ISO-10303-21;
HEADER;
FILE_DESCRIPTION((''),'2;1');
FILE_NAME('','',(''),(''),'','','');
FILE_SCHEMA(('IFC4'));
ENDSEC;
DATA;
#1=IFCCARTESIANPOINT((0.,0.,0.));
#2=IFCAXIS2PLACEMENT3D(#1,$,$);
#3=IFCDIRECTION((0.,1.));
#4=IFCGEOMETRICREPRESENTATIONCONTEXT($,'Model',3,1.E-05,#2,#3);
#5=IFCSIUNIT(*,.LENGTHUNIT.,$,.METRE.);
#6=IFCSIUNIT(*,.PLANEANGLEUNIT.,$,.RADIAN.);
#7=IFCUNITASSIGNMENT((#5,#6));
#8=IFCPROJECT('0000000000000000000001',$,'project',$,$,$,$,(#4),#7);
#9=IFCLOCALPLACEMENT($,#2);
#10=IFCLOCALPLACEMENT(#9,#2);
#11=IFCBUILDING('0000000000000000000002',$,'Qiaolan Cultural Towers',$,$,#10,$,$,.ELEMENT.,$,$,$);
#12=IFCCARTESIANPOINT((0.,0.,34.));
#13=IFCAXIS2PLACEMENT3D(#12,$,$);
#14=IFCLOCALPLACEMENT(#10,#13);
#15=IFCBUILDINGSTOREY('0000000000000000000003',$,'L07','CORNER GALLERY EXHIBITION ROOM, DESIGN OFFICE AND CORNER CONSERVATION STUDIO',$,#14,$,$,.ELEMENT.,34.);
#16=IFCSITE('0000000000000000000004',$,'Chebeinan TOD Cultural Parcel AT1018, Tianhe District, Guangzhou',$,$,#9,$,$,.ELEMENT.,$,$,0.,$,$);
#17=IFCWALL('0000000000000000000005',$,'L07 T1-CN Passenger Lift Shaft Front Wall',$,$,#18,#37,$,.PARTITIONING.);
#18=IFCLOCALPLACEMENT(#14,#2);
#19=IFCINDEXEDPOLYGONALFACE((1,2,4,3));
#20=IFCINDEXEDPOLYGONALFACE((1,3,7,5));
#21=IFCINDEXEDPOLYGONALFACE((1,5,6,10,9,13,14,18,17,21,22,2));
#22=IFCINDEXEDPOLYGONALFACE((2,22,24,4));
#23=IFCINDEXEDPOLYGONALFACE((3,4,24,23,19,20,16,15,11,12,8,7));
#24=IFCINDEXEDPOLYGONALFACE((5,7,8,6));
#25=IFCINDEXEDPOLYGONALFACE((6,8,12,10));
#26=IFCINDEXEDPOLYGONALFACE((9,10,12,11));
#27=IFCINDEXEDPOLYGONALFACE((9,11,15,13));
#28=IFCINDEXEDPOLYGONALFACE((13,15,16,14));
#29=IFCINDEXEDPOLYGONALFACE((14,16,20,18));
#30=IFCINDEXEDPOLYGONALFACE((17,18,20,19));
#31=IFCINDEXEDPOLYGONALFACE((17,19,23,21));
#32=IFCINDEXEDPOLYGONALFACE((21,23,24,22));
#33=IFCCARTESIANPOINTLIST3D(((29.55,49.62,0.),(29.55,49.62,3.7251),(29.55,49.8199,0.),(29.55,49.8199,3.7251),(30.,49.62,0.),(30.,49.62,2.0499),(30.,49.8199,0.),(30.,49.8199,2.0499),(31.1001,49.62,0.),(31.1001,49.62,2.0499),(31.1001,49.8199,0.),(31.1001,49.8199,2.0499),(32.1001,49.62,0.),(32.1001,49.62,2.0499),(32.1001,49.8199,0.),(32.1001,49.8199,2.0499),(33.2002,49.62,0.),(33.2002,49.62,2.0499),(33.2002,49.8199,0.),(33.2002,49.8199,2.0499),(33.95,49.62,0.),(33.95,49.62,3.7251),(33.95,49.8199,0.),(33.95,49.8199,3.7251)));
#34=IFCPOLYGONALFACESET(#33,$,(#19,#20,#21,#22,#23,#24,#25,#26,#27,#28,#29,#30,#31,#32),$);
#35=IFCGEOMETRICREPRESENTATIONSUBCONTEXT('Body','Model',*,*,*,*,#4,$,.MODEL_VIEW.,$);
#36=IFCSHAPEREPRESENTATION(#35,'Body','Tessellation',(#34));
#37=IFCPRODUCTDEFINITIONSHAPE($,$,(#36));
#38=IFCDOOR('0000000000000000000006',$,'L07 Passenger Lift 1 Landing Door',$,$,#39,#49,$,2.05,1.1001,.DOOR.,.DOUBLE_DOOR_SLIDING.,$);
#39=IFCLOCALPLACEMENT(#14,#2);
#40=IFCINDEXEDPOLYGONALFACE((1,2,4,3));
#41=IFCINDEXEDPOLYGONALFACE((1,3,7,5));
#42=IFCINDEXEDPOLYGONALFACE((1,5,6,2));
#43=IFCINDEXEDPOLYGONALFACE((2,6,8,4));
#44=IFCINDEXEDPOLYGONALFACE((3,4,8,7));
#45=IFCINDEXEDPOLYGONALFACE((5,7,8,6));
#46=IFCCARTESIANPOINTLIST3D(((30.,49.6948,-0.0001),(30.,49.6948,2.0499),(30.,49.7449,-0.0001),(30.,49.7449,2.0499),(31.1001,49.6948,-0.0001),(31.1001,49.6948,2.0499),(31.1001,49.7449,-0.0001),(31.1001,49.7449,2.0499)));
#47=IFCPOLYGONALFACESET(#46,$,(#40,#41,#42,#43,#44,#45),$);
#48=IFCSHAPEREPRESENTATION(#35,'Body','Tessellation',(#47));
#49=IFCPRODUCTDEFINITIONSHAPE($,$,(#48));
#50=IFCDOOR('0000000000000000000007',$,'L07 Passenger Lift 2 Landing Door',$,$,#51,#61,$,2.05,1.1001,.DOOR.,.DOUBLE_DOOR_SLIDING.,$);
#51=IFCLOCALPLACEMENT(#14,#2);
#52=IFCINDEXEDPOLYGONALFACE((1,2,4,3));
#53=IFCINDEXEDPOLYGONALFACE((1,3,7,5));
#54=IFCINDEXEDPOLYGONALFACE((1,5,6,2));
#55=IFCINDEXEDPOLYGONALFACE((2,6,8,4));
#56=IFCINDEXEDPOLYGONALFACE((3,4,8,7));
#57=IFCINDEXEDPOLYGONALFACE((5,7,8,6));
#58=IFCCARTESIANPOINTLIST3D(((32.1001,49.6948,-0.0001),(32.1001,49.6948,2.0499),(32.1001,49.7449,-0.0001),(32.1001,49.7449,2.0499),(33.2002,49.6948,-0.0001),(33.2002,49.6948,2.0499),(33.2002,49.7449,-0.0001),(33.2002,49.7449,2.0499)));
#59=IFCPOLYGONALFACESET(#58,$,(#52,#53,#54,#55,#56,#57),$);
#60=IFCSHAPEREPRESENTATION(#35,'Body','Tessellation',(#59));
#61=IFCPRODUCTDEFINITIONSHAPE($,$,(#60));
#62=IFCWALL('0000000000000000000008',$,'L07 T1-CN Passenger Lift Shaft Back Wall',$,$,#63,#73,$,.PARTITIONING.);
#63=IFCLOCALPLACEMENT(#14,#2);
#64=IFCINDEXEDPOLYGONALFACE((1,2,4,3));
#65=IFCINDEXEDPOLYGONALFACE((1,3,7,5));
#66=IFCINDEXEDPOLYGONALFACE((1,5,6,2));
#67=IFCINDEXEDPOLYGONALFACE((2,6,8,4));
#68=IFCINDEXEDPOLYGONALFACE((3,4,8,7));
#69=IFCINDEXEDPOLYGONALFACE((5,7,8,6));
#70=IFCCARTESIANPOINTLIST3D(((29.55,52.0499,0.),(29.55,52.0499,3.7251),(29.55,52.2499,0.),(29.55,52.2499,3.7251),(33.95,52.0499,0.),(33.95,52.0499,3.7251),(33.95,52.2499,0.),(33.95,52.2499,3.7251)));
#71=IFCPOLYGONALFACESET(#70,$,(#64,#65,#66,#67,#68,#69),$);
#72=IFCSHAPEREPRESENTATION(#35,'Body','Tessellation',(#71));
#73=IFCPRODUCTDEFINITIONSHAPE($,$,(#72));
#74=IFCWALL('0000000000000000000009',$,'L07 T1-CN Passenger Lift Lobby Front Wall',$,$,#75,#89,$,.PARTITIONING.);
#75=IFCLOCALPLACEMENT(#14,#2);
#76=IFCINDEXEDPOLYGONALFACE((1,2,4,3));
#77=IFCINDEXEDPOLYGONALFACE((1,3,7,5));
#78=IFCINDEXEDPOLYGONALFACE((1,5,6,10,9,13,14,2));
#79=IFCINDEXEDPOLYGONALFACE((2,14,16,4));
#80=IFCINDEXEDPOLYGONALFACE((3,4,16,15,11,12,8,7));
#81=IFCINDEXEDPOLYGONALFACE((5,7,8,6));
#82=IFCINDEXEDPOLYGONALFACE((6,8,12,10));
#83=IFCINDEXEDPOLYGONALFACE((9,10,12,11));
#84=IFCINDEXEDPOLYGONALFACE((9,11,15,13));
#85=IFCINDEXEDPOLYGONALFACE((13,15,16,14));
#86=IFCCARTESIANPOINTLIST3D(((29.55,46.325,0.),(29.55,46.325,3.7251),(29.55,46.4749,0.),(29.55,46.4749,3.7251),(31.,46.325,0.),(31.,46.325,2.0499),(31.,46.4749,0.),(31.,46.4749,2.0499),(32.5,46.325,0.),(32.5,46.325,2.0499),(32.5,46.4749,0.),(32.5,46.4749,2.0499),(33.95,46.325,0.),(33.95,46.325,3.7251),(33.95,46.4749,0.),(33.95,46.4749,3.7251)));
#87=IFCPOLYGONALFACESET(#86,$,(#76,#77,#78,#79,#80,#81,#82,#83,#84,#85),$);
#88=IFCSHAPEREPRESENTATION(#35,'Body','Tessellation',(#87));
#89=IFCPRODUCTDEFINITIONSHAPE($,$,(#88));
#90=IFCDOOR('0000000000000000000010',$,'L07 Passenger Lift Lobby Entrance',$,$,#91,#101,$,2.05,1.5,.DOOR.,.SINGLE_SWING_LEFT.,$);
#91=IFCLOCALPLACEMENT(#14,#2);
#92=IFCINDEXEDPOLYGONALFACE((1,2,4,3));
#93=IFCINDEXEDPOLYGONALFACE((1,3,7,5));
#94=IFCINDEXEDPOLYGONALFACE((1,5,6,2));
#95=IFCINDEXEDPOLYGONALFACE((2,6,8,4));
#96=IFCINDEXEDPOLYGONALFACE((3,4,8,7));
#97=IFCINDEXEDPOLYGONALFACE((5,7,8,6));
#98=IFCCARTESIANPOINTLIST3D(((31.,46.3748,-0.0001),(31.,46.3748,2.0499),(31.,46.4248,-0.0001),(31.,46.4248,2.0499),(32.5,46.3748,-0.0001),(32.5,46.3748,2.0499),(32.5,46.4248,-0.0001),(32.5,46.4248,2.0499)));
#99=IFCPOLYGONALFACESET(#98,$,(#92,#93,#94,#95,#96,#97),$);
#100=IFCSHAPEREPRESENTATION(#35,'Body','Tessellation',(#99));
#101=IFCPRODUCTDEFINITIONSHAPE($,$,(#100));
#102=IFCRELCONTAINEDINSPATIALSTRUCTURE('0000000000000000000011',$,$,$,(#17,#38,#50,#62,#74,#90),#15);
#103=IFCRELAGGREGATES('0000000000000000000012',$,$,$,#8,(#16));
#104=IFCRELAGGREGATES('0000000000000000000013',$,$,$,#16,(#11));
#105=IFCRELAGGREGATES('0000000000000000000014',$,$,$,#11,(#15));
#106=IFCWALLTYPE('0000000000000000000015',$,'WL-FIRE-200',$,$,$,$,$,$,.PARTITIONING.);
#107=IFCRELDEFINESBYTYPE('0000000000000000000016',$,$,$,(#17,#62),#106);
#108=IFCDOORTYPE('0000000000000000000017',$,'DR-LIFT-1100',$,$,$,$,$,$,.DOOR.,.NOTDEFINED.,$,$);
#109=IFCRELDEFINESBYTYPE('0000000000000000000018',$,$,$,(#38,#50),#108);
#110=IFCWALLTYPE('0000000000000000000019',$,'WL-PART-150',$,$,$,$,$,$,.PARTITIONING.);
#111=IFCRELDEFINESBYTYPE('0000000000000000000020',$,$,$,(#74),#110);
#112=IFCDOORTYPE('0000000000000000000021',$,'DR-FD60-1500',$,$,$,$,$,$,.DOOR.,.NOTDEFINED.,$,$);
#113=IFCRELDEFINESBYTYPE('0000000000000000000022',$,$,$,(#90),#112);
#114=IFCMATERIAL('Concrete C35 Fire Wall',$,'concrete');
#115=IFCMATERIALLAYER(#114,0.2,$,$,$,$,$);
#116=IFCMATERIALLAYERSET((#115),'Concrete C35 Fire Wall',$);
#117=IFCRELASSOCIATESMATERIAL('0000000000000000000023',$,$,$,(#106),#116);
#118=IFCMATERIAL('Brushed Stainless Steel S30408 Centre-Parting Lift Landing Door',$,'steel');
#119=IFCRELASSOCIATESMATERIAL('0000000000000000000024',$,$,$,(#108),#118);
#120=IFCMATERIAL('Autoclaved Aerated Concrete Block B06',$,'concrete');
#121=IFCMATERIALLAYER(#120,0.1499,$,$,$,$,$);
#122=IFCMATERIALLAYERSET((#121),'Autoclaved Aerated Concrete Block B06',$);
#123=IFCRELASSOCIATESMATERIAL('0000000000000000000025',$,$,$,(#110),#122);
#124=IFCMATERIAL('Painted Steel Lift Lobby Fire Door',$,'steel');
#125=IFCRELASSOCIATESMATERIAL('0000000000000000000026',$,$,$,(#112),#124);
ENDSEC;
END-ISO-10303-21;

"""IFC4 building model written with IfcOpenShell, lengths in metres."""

from ifc_helpers import new_model, si_unit, direction, frame, frame_2d, origin, place, context, subcontext, project, spatial, rectangle, extrude, material, layer, layer_set, type_object, element, fill, save


model = new_model("IFC4")

# Units and contexts
model_context = context("Model", 3, precision=1e-05, world=origin(), true_north=direction((0.0, 1.0)))
body_context = subcontext(model_context, "Body", "Model", "MODEL_VIEW")
ifc_project = project(units=[si_unit("LENGTHUNIT", "METRE"), si_unit("PLANEANGLEUNIT", "RADIAN")], contexts=[model_context])

# Site, building, storey
site_placement = place(None, origin())
site = spatial("IfcSite", under=ifc_project, at=site_placement, Name="Chebeinan TOD Cultural Parcel AT1018, Tianhe District, Guangzhou", CompositionType="ELEMENT", RefElevation=0.0)
building_placement = place(site_placement, origin())
building = spatial("IfcBuilding", under=site, at=building_placement, Name="Qiaolan Cultural Towers", CompositionType="ELEMENT")
storey_placement = place(building_placement, frame((0.0, 0.0, 34.0)))
storey = spatial("IfcBuildingStorey", under=building, at=storey_placement, Name="L07", Description="CORNER GALLERY EXHIBITION ROOM, DESIGN OFFICE AND CORNER CONSERVATION STUDIO", CompositionType="ELEMENT", Elevation=34.0)

# Shared definitions
ifc_material_1 = material(Name="Concrete C35 Fire Wall", Category="concrete")
ifc_layer_1 = layer(ifc_material_1, 0.2)
ifc_layer_set_1 = layer_set([ifc_layer_1], Name="Concrete C35 Fire Wall")
wall_type_1 = type_object("IfcWallType", Name="WL-FIRE-200", PredefinedType="PARTITIONING", material=ifc_layer_set_1)

# Shared definitions
ifc_material_2 = material(Name="Brushed Stainless Steel S30408 Centre-Parting Lift Landing Door", Category="steel")
door_type_1 = type_object("IfcDoorType", Name="DR-LIFT-1100", OperationType="NOTDEFINED", PredefinedType="DOOR", material=ifc_material_2)

# Wall, openings, doors
wall_1_placement = place(storey_placement, frame((29.55, 49.72, 0.0), z_axis=(0.0, 0.0, 1.0), x_axis=(1.0, 0.0, 0.0)))
wall_1 = element("IfcWall", 1, at=wall_1_placement, inside=storey, type_object=wall_type_1, Name="L07 T1-CN Passenger Lift Shaft Front Wall", PredefinedType="PARTITIONING", context=body_context, shape_type="SweptSolid", body=[
    extrude(rectangle(XDim=4.3999, YDim=0.2, at=frame_2d((2.2, 0.0))), origin(), (0.0, 0.0, 1.0), 3.7251),
])
opening_1_placement = place(wall_1_placement, frame((0.45, 0.0, 0.0)))
opening_1 = element("IfcOpeningElement", 2, at=opening_1_placement, cuts=wall_1, PredefinedType="OPENING", context=body_context, shape_type="SweptSolid", body=[
    extrude(rectangle(XDim=1.1001, YDim=2.05, at=frame_2d((0.55, 1.0249))), frame((0.0, 0.1099, 0.0), z_axis=(0.0, -1.0, 0.0), x_axis=(1.0, 0.0, 0.0)), (0.0, 0.0, 1.0), 0.22),
])
opening_2_placement = place(wall_1_placement, frame((2.55, 0.0, 0.0)))
opening_2 = element("IfcOpeningElement", 3, at=opening_2_placement, cuts=wall_1, PredefinedType="OPENING", context=body_context, shape_type="SweptSolid", body=[
    extrude(rectangle(XDim=1.1001, YDim=2.05, at=frame_2d((0.55, 1.0249))), frame((0.0, 0.1099, 0.0), z_axis=(0.0, -1.0, 0.0), x_axis=(1.0, 0.0, 0.0)), (0.0, 0.0, 1.0), 0.22),
])
door_1_placement = place(opening_1_placement, origin())
door_1 = element("IfcDoor", 4, at=door_1_placement, inside=storey, type_object=door_type_1, Name="L07 Passenger Lift 1 Landing Door", OperationType="DOUBLE_DOOR_SLIDING", OverallHeight=2.05, OverallWidth=1.1001, PredefinedType="DOOR", context=body_context, shape_type="SweptSolid", body=[
    extrude(rectangle(XDim=1.1001, YDim=2.05, at=frame_2d((0.55, 1.0249))), frame((0.0, 0.0249, 0.0), z_axis=(0.0, -1.0, 0.0), x_axis=(1.0, 0.0, 0.0)), (0.0, 0.0, 1.0), 0.05),
])
fill(opening_1, door_1)
door_2_placement = place(opening_2_placement, origin())
door_2 = element("IfcDoor", 5, at=door_2_placement, inside=storey, type_object=door_type_1, Name="L07 Passenger Lift 2 Landing Door", OperationType="DOUBLE_DOOR_SLIDING", OverallHeight=2.05, OverallWidth=1.1001, PredefinedType="DOOR", context=body_context, shape_type="SweptSolid", body=[
    extrude(rectangle(XDim=1.1001, YDim=2.05, at=frame_2d((0.55, 1.0249))), frame((0.0, 0.0249, 0.0), z_axis=(0.0, -1.0, 0.0), x_axis=(1.0, 0.0, 0.0)), (0.0, 0.0, 1.0), 0.05),
])
fill(opening_2, door_2)

# Wall
wall_2_placement = place(storey_placement, frame((29.55, 52.1499, 0.0), z_axis=(0.0, 0.0, 1.0), x_axis=(1.0, 0.0, 0.0)))
element("IfcWall", 6, at=wall_2_placement, inside=storey, type_object=wall_type_1, Name="L07 T1-CN Passenger Lift Shaft Back Wall", PredefinedType="PARTITIONING", context=body_context, shape_type="SweptSolid", body=[
    extrude(rectangle(XDim=4.3999, YDim=0.2, at=frame_2d((2.2, 0.0))), origin(), (0.0, 0.0, 1.0), 3.7251),
])

# Wall, opening, door
ifc_material_3 = material(Name="Autoclaved Aerated Concrete Block B06", Category="concrete")
ifc_layer_2 = layer(ifc_material_3, 0.1499)
ifc_layer_set_2 = layer_set([ifc_layer_2], Name="Autoclaved Aerated Concrete Block B06")
wall_type_2 = type_object("IfcWallType", Name="WL-PART-150", PredefinedType="PARTITIONING", material=ifc_layer_set_2)
wall_3_placement = place(storey_placement, frame((29.55, 46.3999, 0.0), z_axis=(0.0, 0.0, 1.0), x_axis=(1.0, 0.0, 0.0)))
wall_3 = element("IfcWall", 7, at=wall_3_placement, inside=storey, type_object=wall_type_2, Name="L07 T1-CN Passenger Lift Lobby Front Wall", PredefinedType="PARTITIONING", context=body_context, shape_type="SweptSolid", body=[
    extrude(rectangle(XDim=4.3999, YDim=0.1499, at=frame_2d((2.2, 0.0))), origin(), (0.0, 0.0, 1.0), 3.7251),
])
opening_3_placement = place(wall_3_placement, frame((1.45, 0.0, 0.0)))
opening_3 = element("IfcOpeningElement", 8, at=opening_3_placement, cuts=wall_3, PredefinedType="OPENING", context=body_context, shape_type="SweptSolid", body=[
    extrude(rectangle(XDim=1.5, YDim=2.05, at=frame_2d((0.75, 1.0249))), frame((0.0, 0.085, 0.0), z_axis=(0.0, -1.0, 0.0), x_axis=(1.0, 0.0, 0.0)), (0.0, 0.0, 1.0), 0.1699),
])
ifc_material_4 = material(Name="Painted Steel Lift Lobby Fire Door", Category="steel")
door_type_2 = type_object("IfcDoorType", Name="DR-FD60-1500", OperationType="NOTDEFINED", PredefinedType="DOOR", material=ifc_material_4)
door_3_placement = place(opening_3_placement, origin())
door_3 = element("IfcDoor", 9, at=door_3_placement, inside=storey, type_object=door_type_2, Name="L07 Passenger Lift Lobby Entrance", OperationType="SINGLE_SWING_LEFT", OverallHeight=2.05, OverallWidth=1.5, PredefinedType="DOOR", context=body_context, shape_type="SweptSolid", body=[
    extrude(rectangle(XDim=1.5, YDim=2.05, at=frame_2d((0.75, 1.0249))), frame((0.0, 0.0249, 0.0), z_axis=(0.0, -1.0, 0.0), x_axis=(1.0, 0.0, 0.0)), (0.0, 0.0, 1.0), 0.05),
])
fill(opening_3, door_3)

save(model, "model.ifc")
